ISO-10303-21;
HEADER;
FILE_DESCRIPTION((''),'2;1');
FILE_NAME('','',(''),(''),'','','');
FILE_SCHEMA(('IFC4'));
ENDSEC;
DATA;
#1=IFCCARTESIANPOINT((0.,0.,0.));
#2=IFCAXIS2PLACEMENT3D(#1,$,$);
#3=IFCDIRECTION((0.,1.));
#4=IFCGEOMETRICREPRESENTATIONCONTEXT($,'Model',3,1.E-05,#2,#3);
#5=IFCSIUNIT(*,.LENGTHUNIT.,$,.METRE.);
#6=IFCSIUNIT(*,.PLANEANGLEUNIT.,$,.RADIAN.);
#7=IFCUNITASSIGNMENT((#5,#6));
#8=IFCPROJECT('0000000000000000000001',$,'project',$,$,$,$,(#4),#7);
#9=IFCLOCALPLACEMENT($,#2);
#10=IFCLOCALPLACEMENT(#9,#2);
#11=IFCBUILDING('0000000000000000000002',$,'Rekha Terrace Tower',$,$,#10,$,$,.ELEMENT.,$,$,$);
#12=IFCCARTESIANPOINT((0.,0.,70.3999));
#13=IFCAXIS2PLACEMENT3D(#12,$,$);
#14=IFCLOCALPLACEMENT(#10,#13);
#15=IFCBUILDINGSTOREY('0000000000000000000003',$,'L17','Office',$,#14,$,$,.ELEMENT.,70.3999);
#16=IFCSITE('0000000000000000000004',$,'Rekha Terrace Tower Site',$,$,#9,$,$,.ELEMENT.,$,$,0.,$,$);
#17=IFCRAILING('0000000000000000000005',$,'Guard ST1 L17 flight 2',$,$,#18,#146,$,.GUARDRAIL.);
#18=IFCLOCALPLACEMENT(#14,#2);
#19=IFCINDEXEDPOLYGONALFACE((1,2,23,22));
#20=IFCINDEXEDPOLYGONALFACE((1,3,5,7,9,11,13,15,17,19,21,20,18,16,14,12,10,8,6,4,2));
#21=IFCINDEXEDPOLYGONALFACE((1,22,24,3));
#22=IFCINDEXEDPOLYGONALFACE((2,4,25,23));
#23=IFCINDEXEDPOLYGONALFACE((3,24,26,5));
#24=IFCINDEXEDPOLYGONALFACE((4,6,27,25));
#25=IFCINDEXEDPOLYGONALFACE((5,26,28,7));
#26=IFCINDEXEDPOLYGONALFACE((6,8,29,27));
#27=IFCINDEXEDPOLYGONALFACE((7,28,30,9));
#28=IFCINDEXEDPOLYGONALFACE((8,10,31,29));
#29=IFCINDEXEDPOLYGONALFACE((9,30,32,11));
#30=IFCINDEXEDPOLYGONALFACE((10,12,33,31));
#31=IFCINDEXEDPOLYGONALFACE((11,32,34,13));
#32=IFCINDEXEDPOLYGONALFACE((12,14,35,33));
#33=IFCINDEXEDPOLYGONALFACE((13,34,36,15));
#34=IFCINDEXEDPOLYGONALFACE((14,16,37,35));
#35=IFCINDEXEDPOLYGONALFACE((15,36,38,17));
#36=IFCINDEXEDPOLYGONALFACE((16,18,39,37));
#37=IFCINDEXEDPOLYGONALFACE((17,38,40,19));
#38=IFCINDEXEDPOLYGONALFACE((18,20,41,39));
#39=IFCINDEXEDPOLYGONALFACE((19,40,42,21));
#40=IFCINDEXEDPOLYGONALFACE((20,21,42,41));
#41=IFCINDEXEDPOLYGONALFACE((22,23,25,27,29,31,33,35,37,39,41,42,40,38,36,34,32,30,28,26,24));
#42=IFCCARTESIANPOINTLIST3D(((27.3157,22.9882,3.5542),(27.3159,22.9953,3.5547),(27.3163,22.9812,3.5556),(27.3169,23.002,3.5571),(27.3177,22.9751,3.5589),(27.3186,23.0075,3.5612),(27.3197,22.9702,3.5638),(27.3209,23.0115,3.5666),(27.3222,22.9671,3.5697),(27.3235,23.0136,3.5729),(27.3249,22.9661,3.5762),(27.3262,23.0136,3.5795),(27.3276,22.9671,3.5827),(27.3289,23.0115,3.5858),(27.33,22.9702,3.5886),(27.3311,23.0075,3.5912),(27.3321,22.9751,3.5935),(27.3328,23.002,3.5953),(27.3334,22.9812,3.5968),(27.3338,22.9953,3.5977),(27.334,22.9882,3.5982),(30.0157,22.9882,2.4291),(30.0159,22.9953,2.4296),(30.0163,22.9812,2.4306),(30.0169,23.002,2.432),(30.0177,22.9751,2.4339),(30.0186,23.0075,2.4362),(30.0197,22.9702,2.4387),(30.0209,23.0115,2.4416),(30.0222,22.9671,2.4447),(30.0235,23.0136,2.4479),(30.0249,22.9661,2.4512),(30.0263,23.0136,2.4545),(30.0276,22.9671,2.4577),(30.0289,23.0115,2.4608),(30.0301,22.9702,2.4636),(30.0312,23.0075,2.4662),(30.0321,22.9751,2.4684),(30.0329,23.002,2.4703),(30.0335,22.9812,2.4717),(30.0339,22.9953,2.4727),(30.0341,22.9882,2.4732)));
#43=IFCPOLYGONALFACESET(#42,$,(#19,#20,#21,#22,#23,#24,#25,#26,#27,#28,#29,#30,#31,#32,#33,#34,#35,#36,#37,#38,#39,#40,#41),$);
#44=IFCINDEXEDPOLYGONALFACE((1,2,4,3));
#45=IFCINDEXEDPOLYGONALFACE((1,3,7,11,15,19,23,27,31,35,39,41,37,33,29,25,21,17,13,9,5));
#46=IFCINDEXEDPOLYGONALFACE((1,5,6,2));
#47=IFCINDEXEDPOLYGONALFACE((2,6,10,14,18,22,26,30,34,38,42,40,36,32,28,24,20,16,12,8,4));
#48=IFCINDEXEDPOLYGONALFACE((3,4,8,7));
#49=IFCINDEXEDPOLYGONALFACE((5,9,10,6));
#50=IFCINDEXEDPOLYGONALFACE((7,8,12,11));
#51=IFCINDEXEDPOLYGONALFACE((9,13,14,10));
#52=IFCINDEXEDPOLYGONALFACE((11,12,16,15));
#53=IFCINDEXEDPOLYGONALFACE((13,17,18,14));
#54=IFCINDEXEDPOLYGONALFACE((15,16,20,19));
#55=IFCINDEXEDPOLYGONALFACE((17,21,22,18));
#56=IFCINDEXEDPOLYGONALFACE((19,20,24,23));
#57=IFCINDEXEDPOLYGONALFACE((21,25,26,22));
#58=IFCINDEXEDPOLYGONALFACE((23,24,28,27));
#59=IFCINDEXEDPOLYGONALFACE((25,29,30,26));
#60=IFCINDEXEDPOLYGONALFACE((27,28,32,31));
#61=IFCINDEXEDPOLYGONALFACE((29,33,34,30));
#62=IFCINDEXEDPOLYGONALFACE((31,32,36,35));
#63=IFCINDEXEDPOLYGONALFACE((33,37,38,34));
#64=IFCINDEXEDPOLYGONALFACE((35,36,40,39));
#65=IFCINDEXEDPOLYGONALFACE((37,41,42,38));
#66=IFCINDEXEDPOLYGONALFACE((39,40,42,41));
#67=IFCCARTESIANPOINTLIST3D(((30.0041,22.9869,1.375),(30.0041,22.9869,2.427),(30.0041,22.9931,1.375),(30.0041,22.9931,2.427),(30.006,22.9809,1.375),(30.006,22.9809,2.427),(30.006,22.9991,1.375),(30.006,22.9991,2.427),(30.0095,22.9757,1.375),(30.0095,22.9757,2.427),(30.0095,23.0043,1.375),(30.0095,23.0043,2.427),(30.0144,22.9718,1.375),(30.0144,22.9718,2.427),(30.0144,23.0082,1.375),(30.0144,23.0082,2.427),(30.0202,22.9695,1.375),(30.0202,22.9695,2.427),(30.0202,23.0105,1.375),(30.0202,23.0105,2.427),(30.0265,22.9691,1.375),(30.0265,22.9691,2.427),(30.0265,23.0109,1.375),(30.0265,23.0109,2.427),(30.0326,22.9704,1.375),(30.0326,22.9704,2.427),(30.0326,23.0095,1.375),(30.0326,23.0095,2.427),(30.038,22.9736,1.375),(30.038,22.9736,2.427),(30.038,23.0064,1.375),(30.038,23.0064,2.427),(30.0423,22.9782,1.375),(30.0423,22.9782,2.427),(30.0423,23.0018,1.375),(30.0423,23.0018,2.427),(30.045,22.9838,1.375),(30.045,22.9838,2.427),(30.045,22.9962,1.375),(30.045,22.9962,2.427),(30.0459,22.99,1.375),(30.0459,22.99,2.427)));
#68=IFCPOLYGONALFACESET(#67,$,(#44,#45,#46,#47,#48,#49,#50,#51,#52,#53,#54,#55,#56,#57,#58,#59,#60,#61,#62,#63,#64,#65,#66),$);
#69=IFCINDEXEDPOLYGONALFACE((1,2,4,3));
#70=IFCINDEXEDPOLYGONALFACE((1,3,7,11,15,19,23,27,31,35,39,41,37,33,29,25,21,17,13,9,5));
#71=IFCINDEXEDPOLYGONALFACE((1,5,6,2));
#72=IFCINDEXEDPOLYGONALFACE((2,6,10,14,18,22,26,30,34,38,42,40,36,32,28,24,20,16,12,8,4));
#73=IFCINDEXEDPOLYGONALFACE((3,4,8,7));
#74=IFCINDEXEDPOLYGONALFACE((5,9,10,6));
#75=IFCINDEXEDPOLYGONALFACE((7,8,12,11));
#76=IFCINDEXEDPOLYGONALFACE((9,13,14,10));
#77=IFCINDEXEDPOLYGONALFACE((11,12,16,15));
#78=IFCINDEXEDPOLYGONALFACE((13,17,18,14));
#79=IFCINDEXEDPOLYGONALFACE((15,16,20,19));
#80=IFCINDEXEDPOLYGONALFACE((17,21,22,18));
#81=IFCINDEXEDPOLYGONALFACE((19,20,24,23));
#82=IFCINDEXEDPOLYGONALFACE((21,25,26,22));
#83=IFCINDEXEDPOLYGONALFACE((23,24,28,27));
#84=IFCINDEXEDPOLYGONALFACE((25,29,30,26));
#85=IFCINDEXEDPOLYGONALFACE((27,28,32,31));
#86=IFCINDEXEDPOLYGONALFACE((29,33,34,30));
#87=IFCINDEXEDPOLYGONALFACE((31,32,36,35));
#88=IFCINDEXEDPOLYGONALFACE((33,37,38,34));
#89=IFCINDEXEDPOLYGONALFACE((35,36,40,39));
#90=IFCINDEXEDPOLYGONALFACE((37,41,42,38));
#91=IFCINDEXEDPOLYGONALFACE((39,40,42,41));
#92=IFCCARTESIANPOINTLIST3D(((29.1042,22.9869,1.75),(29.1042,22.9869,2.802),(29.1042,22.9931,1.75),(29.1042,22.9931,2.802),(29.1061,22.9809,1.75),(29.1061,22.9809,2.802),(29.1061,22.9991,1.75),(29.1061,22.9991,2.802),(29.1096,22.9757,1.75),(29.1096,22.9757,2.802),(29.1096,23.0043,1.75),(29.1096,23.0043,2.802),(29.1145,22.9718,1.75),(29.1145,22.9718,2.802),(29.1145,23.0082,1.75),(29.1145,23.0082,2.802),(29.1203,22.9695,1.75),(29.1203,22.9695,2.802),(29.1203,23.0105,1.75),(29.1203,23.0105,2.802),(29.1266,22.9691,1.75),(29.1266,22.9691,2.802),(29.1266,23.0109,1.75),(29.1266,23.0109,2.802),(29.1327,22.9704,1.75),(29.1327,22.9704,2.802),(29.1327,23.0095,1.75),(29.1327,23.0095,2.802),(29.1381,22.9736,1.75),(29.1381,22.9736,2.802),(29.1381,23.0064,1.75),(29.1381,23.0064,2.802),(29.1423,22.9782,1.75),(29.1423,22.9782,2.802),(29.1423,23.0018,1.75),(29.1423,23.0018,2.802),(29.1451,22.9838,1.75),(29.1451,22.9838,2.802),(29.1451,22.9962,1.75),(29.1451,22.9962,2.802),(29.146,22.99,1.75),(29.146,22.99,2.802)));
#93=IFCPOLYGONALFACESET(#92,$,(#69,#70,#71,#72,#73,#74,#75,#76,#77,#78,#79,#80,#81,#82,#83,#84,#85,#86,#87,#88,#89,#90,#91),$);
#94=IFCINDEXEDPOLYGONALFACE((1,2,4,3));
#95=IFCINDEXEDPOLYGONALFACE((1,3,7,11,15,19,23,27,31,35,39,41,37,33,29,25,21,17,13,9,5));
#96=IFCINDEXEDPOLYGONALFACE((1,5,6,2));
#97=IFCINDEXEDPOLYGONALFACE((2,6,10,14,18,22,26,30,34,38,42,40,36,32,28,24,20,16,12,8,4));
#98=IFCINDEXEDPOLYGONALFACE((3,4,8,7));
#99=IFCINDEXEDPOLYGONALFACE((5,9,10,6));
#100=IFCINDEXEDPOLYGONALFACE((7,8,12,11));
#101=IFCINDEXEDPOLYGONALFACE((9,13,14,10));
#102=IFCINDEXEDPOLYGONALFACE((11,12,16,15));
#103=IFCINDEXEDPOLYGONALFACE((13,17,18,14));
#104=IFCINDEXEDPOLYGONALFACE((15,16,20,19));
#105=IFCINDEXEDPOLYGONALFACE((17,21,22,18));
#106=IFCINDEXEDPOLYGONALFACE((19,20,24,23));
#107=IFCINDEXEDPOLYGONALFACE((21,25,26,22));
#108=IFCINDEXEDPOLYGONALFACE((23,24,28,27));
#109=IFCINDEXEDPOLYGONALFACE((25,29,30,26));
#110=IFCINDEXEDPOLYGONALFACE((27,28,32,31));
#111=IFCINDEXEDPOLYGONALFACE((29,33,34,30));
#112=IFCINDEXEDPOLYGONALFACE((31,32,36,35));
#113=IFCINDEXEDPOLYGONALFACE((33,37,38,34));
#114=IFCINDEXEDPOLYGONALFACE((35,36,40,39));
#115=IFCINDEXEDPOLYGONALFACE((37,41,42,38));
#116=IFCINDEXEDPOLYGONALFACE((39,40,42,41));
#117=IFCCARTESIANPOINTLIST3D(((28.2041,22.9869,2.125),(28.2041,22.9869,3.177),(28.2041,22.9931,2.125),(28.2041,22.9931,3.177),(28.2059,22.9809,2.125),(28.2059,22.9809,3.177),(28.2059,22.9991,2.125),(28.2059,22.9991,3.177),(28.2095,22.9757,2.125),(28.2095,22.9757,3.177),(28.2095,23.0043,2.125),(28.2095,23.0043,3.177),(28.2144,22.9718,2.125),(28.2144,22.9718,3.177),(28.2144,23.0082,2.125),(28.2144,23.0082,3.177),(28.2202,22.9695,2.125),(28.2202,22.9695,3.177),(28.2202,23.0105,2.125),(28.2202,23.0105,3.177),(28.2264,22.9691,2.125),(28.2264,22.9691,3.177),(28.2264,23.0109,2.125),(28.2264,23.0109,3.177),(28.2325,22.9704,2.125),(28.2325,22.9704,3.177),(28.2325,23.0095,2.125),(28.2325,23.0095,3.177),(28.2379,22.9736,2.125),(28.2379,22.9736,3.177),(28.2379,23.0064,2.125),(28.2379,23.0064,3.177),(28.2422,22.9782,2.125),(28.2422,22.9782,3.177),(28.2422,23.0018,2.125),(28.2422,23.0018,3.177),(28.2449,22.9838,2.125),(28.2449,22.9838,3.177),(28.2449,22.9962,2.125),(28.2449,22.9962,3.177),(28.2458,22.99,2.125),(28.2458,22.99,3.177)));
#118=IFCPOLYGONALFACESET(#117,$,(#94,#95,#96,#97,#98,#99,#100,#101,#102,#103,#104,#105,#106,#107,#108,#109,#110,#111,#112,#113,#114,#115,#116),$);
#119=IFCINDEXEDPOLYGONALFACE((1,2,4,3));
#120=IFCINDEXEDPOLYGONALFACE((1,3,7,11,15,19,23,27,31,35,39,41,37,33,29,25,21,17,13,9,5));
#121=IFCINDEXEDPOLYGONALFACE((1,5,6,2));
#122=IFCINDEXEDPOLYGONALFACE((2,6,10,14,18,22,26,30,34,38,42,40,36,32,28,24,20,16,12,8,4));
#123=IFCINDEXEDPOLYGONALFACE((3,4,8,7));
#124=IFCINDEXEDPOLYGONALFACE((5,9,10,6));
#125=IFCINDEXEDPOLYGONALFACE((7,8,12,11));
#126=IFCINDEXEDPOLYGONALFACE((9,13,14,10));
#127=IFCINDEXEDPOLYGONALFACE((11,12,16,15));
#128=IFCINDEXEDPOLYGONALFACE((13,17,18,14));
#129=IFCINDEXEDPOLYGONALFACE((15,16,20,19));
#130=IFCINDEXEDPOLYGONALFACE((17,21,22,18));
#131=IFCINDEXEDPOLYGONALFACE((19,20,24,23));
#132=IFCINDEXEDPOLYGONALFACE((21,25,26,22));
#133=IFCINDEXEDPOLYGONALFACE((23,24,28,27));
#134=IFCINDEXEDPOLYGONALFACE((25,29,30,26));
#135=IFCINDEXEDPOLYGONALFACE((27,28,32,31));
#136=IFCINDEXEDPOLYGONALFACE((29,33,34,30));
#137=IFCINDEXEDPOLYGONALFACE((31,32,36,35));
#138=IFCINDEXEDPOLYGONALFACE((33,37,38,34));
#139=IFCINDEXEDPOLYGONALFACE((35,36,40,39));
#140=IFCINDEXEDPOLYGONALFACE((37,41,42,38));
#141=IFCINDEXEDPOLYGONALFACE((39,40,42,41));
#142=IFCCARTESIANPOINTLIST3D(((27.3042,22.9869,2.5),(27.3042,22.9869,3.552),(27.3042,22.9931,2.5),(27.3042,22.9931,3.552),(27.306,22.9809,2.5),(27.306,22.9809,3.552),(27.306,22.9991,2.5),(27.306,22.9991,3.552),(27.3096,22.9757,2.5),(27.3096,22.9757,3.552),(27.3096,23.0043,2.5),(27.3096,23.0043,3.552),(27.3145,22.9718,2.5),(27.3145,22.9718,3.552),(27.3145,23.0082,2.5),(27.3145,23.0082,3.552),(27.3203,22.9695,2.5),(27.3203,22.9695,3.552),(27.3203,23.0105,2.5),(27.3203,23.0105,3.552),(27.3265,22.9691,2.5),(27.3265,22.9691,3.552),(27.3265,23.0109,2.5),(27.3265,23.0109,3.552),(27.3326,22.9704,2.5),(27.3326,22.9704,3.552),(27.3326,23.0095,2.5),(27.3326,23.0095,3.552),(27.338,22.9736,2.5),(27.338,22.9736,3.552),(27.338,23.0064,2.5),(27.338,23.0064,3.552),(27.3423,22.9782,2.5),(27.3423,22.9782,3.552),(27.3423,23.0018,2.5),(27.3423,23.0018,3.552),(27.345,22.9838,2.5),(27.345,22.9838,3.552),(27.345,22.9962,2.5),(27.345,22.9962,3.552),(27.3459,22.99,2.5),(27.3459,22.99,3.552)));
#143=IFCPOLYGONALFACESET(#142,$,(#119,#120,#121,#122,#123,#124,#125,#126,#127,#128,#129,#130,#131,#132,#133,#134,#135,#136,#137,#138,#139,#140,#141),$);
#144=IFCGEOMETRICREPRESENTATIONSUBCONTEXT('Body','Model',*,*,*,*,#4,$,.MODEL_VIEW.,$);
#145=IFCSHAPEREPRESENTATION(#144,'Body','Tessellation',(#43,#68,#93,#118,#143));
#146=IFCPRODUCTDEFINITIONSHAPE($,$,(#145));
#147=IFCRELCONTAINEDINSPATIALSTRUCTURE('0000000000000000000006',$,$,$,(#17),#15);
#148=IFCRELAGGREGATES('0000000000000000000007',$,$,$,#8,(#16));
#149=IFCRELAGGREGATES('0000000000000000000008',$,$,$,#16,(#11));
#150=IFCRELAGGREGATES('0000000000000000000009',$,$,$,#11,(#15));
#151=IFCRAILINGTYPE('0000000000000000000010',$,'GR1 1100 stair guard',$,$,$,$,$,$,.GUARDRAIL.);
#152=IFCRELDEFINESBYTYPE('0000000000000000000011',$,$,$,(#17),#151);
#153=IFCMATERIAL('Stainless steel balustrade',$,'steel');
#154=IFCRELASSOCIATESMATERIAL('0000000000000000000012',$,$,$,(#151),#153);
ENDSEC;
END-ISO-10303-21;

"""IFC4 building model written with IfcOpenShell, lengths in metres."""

from ifc_helpers import new_model, si_unit, direction, frame, origin, origin_2d, place, context, subcontext, project, spatial, circle, extrude, material, type_object, element, save


model = new_model("IFC4")

# Units and contexts
model_context = context("Model", 3, precision=1e-05, world=origin(), true_north=direction((0.0, 1.0)))
body_context = subcontext(model_context, "Body", "Model", "MODEL_VIEW")
ifc_project = project(units=[si_unit("LENGTHUNIT", "METRE"), si_unit("PLANEANGLEUNIT", "RADIAN")], contexts=[model_context])

# Site, building, storey
site_placement = place(None, origin())
site = spatial("IfcSite", under=ifc_project, at=site_placement, Name="Rekha Terrace Tower Site", CompositionType="ELEMENT", RefElevation=0.0)
building_placement = place(site_placement, origin())
building = spatial("IfcBuilding", under=site, at=building_placement, Name="Rekha Terrace Tower", CompositionType="ELEMENT")
storey_placement = place(building_placement, frame((0.0, 0.0, 70.3999)))
storey = spatial("IfcBuildingStorey", under=building, at=storey_placement, Name="L17", Description="Office", CompositionType="ELEMENT", Elevation=70.3999)

# Railing
ifc_material_1 = material(Name="Stainless steel balustrade", Category="steel")
railing_type_1 = type_object("IfcRailingType", Name="GR1 1100 stair guard", PredefinedType="GUARDRAIL", material=ifc_material_1)
railing_1_placement = place(storey_placement, frame((30.0249, 22.99, 1.375)))
element("IfcRailing", 1, at=railing_1_placement, inside=storey, type_object=railing_type_1, Name="Guard ST1 L17 flight 2", PredefinedType="GUARDRAIL", context=body_context, shape_type="SweptSolid", body=[
    extrude(circle(Radius=0.0239, at=origin_2d()), frame((0.0, 0.0, 1.0762), z_axis=(-0.923074, 0.0, 0.384621), x_axis=(0.0, -1.0, 0.0)), (0.0, 0.0, 1.0), 2.925),
    extrude(circle(Radius=0.021, at=origin_2d()), origin(), (0.0, 0.0, 1.0), 1.052),
    extrude(circle(Radius=0.021, at=origin_2d()), frame((-0.8999, 0.0, 0.375)), (0.0, 0.0, 1.0), 1.052),
    extrude(circle(Radius=0.021, at=origin_2d()), frame((-1.8, 0.0, 0.75)), (0.0, 0.0, 1.0), 1.052),
    extrude(circle(Radius=0.021, at=origin_2d()), frame((-2.7, 0.0, 1.125)), (0.0, 0.0, 1.0), 1.052),
])

save(model, "model.ifc")
